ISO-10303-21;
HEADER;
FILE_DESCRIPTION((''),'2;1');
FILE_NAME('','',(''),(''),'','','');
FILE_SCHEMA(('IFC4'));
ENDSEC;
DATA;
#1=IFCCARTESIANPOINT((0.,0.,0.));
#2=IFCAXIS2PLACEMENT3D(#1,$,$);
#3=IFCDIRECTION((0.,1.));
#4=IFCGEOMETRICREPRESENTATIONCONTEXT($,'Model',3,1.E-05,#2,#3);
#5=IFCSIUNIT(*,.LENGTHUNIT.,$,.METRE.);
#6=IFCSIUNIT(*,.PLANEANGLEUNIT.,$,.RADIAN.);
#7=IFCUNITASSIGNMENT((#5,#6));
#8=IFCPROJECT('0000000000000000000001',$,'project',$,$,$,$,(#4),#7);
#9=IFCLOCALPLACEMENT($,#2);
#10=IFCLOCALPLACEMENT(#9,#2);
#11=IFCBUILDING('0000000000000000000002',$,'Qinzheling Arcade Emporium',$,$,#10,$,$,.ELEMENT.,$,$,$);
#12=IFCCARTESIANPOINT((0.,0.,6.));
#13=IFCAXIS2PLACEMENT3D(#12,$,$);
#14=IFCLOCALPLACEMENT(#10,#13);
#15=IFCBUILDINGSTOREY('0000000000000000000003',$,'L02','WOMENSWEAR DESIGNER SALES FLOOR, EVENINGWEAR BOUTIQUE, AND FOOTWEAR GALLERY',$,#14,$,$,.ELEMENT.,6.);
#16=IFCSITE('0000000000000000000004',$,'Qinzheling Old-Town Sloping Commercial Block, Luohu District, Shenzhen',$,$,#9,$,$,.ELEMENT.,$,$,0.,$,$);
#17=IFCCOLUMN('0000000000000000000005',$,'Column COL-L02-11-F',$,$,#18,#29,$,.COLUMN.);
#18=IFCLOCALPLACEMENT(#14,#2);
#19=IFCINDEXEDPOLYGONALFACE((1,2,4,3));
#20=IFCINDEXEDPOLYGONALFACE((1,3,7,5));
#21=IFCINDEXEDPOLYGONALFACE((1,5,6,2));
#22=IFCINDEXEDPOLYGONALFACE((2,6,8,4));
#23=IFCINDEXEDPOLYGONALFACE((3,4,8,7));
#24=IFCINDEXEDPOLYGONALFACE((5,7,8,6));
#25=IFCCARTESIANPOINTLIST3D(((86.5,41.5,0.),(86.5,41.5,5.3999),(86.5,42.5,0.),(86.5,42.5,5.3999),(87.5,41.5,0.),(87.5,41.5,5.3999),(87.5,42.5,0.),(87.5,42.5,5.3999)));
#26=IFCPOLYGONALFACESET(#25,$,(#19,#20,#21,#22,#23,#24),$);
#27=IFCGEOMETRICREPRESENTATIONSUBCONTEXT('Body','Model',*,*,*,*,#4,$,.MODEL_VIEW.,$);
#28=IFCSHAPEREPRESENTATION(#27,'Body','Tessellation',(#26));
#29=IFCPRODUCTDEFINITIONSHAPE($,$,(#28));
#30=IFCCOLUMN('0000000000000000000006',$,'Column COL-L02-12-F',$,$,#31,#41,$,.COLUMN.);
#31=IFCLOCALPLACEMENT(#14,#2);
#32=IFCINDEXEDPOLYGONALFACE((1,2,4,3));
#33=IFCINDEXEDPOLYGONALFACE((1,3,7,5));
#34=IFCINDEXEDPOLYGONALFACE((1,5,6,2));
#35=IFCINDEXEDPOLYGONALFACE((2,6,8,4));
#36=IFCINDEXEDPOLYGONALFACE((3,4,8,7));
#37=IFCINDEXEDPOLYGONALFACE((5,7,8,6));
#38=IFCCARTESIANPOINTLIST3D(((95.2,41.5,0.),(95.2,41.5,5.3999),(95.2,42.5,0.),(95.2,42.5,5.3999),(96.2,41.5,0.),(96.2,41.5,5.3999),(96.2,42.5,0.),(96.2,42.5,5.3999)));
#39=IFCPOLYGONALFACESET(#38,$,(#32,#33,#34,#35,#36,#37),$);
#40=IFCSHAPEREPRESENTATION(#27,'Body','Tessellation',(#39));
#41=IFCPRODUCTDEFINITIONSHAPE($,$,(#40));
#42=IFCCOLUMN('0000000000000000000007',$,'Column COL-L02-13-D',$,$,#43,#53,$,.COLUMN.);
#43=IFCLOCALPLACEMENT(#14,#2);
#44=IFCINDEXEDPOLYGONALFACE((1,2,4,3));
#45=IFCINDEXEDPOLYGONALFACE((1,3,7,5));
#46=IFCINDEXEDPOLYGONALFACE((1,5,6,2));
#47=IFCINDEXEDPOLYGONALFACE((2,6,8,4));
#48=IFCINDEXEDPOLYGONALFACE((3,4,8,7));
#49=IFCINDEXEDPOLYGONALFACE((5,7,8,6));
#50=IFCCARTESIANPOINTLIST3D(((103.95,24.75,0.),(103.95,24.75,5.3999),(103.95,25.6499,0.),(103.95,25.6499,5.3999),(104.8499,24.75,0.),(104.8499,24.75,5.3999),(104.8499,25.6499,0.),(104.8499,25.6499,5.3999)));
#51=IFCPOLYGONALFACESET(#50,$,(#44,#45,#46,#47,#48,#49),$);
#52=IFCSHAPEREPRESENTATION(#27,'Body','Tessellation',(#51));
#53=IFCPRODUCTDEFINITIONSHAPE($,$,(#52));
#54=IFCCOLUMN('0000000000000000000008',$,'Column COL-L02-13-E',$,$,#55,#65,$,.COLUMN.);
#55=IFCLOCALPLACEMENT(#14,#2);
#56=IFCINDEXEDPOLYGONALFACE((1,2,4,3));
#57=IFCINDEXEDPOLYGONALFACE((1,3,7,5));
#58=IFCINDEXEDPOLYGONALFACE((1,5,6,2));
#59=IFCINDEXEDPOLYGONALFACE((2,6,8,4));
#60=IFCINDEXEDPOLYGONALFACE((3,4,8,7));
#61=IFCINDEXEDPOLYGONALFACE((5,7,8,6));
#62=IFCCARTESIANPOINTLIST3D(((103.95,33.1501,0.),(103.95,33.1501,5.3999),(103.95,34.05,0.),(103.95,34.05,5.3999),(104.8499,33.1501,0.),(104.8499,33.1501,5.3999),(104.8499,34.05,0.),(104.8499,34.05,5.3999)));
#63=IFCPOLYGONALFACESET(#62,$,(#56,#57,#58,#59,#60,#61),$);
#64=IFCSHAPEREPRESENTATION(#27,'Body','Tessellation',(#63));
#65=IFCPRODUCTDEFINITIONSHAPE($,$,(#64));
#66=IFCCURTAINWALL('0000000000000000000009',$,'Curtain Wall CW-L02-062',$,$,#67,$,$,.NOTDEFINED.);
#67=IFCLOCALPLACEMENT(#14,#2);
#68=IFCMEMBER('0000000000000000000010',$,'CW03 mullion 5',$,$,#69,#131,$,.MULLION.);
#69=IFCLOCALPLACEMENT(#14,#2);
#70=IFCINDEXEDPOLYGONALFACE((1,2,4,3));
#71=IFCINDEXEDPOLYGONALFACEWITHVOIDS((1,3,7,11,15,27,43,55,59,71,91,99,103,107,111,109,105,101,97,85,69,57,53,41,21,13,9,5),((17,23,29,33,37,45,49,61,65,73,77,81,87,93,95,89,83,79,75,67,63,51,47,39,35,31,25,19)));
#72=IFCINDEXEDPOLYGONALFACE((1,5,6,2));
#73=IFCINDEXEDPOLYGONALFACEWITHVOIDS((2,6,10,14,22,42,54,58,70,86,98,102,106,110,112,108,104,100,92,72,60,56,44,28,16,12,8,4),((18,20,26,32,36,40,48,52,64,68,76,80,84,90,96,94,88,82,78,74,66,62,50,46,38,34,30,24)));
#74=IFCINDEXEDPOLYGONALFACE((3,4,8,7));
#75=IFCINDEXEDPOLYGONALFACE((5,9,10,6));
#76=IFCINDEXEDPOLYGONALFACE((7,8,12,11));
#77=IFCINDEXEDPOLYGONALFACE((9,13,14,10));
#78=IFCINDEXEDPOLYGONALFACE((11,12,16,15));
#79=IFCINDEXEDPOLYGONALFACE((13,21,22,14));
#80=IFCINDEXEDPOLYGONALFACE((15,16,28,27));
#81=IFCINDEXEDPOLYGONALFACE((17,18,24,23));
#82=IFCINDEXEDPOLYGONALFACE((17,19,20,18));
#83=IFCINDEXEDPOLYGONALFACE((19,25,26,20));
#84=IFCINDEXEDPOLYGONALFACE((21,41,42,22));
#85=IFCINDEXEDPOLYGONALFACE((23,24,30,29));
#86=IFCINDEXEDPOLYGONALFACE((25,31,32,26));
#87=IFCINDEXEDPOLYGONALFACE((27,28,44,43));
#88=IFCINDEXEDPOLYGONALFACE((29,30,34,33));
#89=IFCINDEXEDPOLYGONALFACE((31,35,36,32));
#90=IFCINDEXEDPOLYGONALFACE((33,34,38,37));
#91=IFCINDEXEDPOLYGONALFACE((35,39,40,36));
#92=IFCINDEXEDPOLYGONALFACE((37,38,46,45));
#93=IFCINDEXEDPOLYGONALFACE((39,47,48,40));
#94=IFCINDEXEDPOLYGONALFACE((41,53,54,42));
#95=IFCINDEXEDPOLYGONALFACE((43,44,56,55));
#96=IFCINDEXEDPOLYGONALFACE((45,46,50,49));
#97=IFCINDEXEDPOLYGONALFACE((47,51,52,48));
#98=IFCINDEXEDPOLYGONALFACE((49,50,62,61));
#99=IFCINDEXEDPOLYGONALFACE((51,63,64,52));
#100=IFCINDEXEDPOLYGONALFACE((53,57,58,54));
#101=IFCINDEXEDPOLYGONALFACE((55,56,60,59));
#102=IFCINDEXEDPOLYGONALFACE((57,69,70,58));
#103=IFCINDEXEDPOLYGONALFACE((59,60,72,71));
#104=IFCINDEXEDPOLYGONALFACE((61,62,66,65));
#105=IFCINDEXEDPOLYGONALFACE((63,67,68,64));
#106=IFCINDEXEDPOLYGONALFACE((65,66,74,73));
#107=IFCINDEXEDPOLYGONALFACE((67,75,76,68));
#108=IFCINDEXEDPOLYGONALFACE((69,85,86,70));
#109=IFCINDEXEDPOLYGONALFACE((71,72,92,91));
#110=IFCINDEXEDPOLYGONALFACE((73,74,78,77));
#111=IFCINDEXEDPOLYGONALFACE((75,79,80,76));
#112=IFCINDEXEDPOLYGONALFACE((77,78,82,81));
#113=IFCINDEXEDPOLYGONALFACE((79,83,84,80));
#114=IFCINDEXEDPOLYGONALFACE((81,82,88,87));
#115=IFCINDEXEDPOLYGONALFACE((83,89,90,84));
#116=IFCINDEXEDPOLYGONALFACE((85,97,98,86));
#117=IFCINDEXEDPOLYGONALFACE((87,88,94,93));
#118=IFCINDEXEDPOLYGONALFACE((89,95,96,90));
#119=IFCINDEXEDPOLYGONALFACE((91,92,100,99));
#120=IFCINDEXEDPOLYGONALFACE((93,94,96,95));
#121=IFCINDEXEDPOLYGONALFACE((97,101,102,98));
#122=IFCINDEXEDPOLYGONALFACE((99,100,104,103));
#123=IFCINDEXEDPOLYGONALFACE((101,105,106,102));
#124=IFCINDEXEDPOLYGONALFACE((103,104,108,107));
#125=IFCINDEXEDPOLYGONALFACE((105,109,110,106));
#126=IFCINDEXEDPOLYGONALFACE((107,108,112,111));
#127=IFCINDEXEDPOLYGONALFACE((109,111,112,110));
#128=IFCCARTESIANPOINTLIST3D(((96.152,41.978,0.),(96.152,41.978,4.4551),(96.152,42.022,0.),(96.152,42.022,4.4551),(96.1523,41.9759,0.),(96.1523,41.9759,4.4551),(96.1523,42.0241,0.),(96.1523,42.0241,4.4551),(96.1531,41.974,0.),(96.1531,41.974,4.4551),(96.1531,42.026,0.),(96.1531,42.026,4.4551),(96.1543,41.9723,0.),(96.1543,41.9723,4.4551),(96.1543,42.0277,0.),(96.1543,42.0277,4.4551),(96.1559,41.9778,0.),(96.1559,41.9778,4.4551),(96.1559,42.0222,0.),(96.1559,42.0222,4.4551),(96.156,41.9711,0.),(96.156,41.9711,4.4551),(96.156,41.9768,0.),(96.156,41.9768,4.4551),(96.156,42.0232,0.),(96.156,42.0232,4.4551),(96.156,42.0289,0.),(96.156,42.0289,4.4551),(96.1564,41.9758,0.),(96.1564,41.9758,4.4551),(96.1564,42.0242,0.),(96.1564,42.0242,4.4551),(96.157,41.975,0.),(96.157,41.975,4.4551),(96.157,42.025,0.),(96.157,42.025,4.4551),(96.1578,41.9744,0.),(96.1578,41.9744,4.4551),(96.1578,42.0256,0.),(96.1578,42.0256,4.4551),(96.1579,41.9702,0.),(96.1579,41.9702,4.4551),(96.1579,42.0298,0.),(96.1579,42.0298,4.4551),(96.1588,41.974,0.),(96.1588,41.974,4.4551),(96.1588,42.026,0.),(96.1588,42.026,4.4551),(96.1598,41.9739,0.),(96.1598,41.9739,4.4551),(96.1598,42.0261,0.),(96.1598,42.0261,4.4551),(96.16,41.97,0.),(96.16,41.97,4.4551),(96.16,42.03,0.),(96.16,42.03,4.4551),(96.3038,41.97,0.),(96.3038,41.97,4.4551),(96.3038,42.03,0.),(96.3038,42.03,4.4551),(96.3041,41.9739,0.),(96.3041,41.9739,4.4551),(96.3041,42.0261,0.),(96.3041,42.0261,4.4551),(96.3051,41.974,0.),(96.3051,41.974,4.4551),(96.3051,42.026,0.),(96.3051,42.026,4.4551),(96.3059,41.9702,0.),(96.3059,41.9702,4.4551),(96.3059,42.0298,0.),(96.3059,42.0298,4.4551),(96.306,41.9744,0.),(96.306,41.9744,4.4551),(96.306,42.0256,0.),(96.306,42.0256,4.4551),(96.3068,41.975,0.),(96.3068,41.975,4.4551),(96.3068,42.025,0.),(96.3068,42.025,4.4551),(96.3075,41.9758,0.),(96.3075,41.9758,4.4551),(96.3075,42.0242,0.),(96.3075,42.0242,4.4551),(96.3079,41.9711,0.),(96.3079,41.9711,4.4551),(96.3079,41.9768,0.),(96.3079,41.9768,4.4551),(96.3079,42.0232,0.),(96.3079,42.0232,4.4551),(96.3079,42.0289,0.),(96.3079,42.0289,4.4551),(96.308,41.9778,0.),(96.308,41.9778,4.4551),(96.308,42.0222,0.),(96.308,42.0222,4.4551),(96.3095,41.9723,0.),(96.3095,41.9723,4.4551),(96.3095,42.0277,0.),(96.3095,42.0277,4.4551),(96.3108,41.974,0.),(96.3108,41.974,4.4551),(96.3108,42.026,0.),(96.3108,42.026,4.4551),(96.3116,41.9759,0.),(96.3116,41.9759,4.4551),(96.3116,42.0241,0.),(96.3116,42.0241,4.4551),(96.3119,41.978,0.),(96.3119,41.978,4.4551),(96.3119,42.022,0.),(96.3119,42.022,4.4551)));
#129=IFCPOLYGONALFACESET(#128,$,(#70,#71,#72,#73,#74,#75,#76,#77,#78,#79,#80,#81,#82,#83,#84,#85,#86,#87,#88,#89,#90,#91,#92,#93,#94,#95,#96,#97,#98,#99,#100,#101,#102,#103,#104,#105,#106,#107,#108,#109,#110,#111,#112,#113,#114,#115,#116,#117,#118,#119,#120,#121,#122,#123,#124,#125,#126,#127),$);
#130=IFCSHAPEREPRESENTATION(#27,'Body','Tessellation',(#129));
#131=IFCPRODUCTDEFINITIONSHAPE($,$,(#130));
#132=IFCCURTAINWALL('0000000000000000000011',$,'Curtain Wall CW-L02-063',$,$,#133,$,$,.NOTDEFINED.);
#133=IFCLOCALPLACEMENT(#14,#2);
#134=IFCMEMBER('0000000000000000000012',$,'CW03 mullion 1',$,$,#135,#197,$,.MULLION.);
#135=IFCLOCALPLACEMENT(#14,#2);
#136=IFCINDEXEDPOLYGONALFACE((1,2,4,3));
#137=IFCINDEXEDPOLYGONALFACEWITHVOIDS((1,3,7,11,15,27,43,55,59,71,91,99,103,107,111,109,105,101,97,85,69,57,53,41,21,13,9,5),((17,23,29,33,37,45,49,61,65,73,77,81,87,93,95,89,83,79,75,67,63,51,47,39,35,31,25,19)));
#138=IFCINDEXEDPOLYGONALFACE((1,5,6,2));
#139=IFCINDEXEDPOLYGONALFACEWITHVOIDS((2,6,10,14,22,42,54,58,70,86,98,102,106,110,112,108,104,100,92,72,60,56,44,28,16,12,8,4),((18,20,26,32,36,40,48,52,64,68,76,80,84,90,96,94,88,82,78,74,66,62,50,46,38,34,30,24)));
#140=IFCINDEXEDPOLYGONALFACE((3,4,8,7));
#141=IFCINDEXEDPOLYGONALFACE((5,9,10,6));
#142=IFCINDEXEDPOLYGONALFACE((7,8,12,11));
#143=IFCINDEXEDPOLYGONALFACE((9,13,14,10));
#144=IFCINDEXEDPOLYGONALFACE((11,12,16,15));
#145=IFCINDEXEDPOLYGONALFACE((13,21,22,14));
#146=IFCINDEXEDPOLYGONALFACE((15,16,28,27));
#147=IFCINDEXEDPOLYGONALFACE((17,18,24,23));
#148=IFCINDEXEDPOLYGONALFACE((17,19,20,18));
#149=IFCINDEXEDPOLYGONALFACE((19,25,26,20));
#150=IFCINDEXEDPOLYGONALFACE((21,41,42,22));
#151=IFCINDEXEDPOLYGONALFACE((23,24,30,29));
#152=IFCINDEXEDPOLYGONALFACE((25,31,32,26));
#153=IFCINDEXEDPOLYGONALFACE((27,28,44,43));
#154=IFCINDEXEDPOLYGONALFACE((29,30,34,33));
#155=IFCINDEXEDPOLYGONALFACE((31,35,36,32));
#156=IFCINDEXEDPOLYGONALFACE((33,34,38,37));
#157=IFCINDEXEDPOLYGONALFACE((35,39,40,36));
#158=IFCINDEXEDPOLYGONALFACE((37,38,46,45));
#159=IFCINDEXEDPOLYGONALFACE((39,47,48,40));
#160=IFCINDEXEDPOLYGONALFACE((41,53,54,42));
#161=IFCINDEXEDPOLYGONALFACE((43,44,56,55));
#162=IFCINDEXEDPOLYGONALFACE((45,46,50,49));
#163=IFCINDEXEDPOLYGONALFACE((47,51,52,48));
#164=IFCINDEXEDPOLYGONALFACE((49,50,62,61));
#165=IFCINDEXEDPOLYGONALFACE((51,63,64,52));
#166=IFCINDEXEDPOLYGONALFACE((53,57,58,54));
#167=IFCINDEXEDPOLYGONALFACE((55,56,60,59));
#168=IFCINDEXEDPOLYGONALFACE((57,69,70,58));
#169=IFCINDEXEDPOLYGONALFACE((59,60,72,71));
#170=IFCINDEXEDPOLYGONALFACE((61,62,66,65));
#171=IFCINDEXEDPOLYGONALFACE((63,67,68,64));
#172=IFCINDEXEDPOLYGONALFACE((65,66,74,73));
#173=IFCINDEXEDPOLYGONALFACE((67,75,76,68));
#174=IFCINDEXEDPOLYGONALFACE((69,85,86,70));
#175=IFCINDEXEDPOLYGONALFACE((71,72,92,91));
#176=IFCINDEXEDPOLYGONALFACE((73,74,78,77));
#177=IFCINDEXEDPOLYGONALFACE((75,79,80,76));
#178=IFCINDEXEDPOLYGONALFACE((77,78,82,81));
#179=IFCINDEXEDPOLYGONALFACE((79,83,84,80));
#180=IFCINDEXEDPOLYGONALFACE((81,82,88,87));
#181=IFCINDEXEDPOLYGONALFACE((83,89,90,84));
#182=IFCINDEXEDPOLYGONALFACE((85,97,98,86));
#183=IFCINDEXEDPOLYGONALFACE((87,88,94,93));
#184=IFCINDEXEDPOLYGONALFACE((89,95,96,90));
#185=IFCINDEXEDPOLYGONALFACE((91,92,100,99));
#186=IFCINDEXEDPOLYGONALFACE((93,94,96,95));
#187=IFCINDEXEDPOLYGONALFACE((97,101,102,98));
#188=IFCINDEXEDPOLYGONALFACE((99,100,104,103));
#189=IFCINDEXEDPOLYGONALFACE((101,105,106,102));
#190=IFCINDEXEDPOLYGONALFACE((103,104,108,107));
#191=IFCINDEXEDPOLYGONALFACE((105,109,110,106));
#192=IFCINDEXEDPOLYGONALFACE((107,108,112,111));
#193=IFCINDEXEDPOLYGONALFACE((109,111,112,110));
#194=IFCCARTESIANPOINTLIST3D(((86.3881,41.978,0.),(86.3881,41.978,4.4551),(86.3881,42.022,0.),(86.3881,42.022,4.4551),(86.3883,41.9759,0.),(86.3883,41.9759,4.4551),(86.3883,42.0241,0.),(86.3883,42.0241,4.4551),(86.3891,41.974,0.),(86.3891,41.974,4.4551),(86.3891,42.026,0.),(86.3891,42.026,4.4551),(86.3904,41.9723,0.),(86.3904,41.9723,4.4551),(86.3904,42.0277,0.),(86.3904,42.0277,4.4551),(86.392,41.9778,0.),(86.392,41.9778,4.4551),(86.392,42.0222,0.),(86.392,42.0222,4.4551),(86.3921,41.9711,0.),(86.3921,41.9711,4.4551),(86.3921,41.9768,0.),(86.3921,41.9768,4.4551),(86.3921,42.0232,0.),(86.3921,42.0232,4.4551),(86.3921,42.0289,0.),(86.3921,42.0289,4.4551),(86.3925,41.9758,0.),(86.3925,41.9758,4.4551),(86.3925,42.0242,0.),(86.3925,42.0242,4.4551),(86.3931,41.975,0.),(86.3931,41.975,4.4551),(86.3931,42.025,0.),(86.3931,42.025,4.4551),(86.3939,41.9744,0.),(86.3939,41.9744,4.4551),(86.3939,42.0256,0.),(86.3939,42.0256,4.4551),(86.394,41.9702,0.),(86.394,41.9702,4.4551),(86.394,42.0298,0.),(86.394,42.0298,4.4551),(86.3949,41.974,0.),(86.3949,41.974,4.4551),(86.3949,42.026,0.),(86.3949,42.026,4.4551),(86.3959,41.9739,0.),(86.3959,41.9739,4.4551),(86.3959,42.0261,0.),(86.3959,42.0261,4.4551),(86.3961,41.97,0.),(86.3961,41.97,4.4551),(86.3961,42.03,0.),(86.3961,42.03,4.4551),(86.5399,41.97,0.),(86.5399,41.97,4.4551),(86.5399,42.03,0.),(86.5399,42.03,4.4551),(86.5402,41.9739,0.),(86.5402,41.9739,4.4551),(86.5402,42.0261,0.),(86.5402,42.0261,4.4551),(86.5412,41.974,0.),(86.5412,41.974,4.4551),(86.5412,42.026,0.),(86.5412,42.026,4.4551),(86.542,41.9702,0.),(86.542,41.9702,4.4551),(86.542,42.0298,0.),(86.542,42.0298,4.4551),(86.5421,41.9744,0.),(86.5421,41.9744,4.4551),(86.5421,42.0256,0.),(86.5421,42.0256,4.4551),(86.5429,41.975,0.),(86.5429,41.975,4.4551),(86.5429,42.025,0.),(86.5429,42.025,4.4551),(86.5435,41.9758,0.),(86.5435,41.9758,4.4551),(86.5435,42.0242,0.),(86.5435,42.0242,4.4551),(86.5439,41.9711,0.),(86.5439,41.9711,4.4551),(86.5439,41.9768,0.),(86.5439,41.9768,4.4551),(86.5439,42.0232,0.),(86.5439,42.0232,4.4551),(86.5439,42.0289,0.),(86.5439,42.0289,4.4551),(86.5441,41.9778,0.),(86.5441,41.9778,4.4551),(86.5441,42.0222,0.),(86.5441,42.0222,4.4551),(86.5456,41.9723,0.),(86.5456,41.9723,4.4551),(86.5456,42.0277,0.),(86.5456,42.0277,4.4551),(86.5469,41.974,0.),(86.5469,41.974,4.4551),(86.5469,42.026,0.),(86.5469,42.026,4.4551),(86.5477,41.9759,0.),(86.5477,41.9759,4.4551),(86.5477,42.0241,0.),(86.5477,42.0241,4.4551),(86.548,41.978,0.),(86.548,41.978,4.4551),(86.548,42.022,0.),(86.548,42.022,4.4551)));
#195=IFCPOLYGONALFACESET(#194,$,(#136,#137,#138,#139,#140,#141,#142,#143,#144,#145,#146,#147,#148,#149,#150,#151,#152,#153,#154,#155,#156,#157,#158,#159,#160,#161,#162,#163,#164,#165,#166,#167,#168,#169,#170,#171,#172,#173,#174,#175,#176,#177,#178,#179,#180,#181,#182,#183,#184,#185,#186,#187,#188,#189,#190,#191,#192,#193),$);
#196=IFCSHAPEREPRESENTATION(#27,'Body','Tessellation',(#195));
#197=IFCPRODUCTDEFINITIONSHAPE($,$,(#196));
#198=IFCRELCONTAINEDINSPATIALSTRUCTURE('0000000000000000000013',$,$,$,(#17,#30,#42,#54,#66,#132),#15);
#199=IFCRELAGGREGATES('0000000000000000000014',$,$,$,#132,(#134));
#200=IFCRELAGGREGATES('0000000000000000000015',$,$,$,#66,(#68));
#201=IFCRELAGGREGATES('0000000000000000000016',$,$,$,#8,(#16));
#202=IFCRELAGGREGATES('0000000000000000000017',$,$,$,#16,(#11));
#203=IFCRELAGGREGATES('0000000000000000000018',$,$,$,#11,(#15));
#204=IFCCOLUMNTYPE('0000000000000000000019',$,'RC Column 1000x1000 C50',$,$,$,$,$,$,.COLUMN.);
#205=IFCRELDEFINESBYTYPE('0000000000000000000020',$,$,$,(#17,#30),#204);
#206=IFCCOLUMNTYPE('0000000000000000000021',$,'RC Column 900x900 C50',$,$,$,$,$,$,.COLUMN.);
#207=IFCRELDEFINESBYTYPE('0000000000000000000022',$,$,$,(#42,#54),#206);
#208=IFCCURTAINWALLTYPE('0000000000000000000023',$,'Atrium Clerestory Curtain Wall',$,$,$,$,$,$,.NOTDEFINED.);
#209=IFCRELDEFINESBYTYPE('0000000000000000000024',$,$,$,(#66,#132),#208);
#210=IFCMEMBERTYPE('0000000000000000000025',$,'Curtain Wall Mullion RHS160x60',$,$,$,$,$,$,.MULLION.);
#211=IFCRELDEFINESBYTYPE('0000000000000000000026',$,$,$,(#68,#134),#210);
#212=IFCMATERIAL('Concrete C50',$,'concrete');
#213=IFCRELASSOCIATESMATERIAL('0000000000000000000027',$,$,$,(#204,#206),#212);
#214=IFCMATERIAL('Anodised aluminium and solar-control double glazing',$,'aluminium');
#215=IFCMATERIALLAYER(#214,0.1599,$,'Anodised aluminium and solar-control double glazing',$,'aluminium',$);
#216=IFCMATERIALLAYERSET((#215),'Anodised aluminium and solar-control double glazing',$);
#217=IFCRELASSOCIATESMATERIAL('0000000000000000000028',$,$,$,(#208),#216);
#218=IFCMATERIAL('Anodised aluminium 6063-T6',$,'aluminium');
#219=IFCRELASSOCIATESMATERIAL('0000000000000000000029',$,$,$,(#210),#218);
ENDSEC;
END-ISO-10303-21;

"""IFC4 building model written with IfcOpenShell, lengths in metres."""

from ifc_helpers import new_model, si_unit, direction, frame, origin, origin_2d, place, context, subcontext, project, spatial, rectangle, hollow_rectangle, extrude, material, layer, layer_set, material_profile, profile_set, type_object, element, aggregate, save


model = new_model("IFC4")

# Units and contexts
model_context = context("Model", 3, precision=1e-05, world=origin(), true_north=direction((0.0, 1.0)))
body_context = subcontext(model_context, "Body", "Model", "MODEL_VIEW")
ifc_project = project(units=[si_unit("LENGTHUNIT", "METRE"), si_unit("PLANEANGLEUNIT", "RADIAN")], contexts=[model_context])

# Site, building, storey
site_placement = place(None, origin())
site = spatial("IfcSite", under=ifc_project, at=site_placement, Name="Qinzheling Old-Town Sloping Commercial Block, Luohu District, Shenzhen", CompositionType="ELEMENT", RefElevation=0.0)
building_placement = place(site_placement, origin())
building = spatial("IfcBuilding", under=site, at=building_placement, Name="Qinzheling Arcade Emporium", CompositionType="ELEMENT")
storey_placement = place(building_placement, frame((0.0, 0.0, 6.0)))
storey = spatial("IfcBuildingStorey", under=building, at=storey_placement, Name="L02", Description="WOMENSWEAR DESIGNER SALES FLOOR, EVENINGWEAR BOUTIQUE, AND FOOTWEAR GALLERY", CompositionType="ELEMENT", Elevation=6.0)

# Columns
ifc_material_1 = material(Name="Concrete C50", Category="concrete")
ifc_material_profile_1 = material_profile(ifc_material_1, rectangle(XDim=1.0, YDim=1.0, at=origin_2d()), Name="RC 1000x1000", Category="concrete")
ifc_profile_set_1 = profile_set([ifc_material_profile_1], Name="Concrete C50")
column_type_1 = type_object("IfcColumnType", Name="RC Column 1000x1000 C50", PredefinedType="COLUMN", material=ifc_profile_set_1)
for number, where, z_axis, x_axis, name in (
    (1, (87.0, 42.0, 0.0), (0.0, 0.0, 1.0), (1.0, 0.0, 0.0), "Column COL-L02-11-F"),
    (2, (95.7, 42.0, 0.0), (0.0, 0.0, 1.0), (1.0, 0.0, 0.0), "Column COL-L02-12-F"),
):
    element("IfcColumn", number, at=place(storey_placement, frame(where, z_axis=z_axis, x_axis=x_axis)), inside=storey, type_object=column_type_1, Name=name, PredefinedType="COLUMN", context=body_context, shape_type="SweptSolid", body=[
        extrude(rectangle(XDim=1.0, YDim=1.0, at=origin_2d()), origin(), (0.0, 0.0, 1.0), 5.3999),
    ])
ifc_material_profile_2 = material_profile(ifc_material_1, rectangle(XDim=0.8999, YDim=0.8999, at=origin_2d()), Name="RC 900x900", Category="concrete")
ifc_profile_set_2 = profile_set([ifc_material_profile_2], Name="Concrete C50")
column_type_2 = type_object("IfcColumnType", Name="RC Column 900x900 C50", PredefinedType="COLUMN", material=ifc_profile_set_2)
for number, where, z_axis, x_axis, name in (
    (3, (104.3999, 25.2, 0.0), (0.0, 0.0, 1.0), (1.0, 0.0, 0.0), "Column COL-L02-13-D"),
    (4, (104.3999, 33.6001, 0.0), (0.0, 0.0, 1.0), (1.0, 0.0, 0.0), "Column COL-L02-13-E"),
):
    element("IfcColumn", number, at=place(storey_placement, frame(where, z_axis=z_axis, x_axis=x_axis)), inside=storey, type_object=column_type_2, Name=name, PredefinedType="COLUMN", context=body_context, shape_type="SweptSolid", body=[
        extrude(rectangle(XDim=0.8999, YDim=0.8999, at=origin_2d()), origin(), (0.0, 0.0, 1.0), 5.3999),
    ])

# Curtain wall, member
ifc_material_2 = material(Name="Anodised aluminium and solar-control double glazing", Category="aluminium")
ifc_layer_1 = layer(ifc_material_2, 0.1599, Name="Anodised aluminium and solar-control double glazing", Category="aluminium")
ifc_layer_set_1 = layer_set([ifc_layer_1], Name="Anodised aluminium and solar-control double glazing")
curtain_wall_type = type_object("IfcCurtainWallType", Name="Atrium Clerestory Curtain Wall", PredefinedType="NOTDEFINED", material=ifc_layer_set_1)
curtain_wall_1_placement = place(storey_placement, origin())
curtain_wall_1 = element("IfcCurtainWall", 5, at=curtain_wall_1_placement, inside=storey, type_object=curtain_wall_type, Name="Curtain Wall CW-L02-062", PredefinedType="NOTDEFINED")
ifc_material_3 = material(Name="Anodised aluminium 6063-T6", Category="aluminium")
ifc_material_profile_3 = material_profile(ifc_material_3, hollow_rectangle(XDim=0.0601, YDim=0.1599, WallThickness=0.0039, InnerFilletRadius=0.0039, OuterFilletRadius=0.0081, at=origin_2d()), Name="RHS 160x60x4", Category="aluminium")
ifc_profile_set_3 = profile_set([ifc_material_profile_3], Name="Anodised aluminium 6063-T6")
member_type_1 = type_object("IfcMemberType", Name="Curtain Wall Mullion RHS160x60", PredefinedType="MULLION", material=ifc_profile_set_3)
member_1_placement = place(storey_placement, frame((96.2319, 42.0, 0.0), z_axis=(0.0, 0.0, 1.0), x_axis=(0.0, -1.0, 0.0)))
member_1 = element("IfcMember", 6, at=member_1_placement, type_object=member_type_1, Name="CW03 mullion 5", PredefinedType="MULLION", context=body_context, shape_type="SweptSolid", body=[
    extrude(hollow_rectangle(XDim=0.0601, YDim=0.1599, WallThickness=0.0039, InnerFilletRadius=0.0039, OuterFilletRadius=0.0081, at=origin_2d()), origin(), (0.0, 0.0, 1.0), 4.4551),
])

# Curtain wall, member
curtain_wall_2_placement = place(storey_placement, origin())
curtain_wall_2 = element("IfcCurtainWall", 7, at=curtain_wall_2_placement, inside=storey, type_object=curtain_wall_type, Name="Curtain Wall CW-L02-063", PredefinedType="NOTDEFINED")
member_2_placement = place(storey_placement, frame((86.468, 42.0, 0.0), z_axis=(0.0, 0.0, 1.0), x_axis=(0.0, -1.0, 0.0)))
member_2 = element("IfcMember", 8, at=member_2_placement, type_object=member_type_1, Name="CW03 mullion 1", PredefinedType="MULLION", context=body_context, shape_type="SweptSolid", body=[
    extrude(hollow_rectangle(XDim=0.0601, YDim=0.1599, WallThickness=0.0039, InnerFilletRadius=0.0039, OuterFilletRadius=0.0081, at=origin_2d()), origin(), (0.0, 0.0, 1.0), 4.4551),
])
aggregate(curtain_wall_2, [member_2])

aggregate(curtain_wall_1, [member_1])

save(model, "model.ifc")
